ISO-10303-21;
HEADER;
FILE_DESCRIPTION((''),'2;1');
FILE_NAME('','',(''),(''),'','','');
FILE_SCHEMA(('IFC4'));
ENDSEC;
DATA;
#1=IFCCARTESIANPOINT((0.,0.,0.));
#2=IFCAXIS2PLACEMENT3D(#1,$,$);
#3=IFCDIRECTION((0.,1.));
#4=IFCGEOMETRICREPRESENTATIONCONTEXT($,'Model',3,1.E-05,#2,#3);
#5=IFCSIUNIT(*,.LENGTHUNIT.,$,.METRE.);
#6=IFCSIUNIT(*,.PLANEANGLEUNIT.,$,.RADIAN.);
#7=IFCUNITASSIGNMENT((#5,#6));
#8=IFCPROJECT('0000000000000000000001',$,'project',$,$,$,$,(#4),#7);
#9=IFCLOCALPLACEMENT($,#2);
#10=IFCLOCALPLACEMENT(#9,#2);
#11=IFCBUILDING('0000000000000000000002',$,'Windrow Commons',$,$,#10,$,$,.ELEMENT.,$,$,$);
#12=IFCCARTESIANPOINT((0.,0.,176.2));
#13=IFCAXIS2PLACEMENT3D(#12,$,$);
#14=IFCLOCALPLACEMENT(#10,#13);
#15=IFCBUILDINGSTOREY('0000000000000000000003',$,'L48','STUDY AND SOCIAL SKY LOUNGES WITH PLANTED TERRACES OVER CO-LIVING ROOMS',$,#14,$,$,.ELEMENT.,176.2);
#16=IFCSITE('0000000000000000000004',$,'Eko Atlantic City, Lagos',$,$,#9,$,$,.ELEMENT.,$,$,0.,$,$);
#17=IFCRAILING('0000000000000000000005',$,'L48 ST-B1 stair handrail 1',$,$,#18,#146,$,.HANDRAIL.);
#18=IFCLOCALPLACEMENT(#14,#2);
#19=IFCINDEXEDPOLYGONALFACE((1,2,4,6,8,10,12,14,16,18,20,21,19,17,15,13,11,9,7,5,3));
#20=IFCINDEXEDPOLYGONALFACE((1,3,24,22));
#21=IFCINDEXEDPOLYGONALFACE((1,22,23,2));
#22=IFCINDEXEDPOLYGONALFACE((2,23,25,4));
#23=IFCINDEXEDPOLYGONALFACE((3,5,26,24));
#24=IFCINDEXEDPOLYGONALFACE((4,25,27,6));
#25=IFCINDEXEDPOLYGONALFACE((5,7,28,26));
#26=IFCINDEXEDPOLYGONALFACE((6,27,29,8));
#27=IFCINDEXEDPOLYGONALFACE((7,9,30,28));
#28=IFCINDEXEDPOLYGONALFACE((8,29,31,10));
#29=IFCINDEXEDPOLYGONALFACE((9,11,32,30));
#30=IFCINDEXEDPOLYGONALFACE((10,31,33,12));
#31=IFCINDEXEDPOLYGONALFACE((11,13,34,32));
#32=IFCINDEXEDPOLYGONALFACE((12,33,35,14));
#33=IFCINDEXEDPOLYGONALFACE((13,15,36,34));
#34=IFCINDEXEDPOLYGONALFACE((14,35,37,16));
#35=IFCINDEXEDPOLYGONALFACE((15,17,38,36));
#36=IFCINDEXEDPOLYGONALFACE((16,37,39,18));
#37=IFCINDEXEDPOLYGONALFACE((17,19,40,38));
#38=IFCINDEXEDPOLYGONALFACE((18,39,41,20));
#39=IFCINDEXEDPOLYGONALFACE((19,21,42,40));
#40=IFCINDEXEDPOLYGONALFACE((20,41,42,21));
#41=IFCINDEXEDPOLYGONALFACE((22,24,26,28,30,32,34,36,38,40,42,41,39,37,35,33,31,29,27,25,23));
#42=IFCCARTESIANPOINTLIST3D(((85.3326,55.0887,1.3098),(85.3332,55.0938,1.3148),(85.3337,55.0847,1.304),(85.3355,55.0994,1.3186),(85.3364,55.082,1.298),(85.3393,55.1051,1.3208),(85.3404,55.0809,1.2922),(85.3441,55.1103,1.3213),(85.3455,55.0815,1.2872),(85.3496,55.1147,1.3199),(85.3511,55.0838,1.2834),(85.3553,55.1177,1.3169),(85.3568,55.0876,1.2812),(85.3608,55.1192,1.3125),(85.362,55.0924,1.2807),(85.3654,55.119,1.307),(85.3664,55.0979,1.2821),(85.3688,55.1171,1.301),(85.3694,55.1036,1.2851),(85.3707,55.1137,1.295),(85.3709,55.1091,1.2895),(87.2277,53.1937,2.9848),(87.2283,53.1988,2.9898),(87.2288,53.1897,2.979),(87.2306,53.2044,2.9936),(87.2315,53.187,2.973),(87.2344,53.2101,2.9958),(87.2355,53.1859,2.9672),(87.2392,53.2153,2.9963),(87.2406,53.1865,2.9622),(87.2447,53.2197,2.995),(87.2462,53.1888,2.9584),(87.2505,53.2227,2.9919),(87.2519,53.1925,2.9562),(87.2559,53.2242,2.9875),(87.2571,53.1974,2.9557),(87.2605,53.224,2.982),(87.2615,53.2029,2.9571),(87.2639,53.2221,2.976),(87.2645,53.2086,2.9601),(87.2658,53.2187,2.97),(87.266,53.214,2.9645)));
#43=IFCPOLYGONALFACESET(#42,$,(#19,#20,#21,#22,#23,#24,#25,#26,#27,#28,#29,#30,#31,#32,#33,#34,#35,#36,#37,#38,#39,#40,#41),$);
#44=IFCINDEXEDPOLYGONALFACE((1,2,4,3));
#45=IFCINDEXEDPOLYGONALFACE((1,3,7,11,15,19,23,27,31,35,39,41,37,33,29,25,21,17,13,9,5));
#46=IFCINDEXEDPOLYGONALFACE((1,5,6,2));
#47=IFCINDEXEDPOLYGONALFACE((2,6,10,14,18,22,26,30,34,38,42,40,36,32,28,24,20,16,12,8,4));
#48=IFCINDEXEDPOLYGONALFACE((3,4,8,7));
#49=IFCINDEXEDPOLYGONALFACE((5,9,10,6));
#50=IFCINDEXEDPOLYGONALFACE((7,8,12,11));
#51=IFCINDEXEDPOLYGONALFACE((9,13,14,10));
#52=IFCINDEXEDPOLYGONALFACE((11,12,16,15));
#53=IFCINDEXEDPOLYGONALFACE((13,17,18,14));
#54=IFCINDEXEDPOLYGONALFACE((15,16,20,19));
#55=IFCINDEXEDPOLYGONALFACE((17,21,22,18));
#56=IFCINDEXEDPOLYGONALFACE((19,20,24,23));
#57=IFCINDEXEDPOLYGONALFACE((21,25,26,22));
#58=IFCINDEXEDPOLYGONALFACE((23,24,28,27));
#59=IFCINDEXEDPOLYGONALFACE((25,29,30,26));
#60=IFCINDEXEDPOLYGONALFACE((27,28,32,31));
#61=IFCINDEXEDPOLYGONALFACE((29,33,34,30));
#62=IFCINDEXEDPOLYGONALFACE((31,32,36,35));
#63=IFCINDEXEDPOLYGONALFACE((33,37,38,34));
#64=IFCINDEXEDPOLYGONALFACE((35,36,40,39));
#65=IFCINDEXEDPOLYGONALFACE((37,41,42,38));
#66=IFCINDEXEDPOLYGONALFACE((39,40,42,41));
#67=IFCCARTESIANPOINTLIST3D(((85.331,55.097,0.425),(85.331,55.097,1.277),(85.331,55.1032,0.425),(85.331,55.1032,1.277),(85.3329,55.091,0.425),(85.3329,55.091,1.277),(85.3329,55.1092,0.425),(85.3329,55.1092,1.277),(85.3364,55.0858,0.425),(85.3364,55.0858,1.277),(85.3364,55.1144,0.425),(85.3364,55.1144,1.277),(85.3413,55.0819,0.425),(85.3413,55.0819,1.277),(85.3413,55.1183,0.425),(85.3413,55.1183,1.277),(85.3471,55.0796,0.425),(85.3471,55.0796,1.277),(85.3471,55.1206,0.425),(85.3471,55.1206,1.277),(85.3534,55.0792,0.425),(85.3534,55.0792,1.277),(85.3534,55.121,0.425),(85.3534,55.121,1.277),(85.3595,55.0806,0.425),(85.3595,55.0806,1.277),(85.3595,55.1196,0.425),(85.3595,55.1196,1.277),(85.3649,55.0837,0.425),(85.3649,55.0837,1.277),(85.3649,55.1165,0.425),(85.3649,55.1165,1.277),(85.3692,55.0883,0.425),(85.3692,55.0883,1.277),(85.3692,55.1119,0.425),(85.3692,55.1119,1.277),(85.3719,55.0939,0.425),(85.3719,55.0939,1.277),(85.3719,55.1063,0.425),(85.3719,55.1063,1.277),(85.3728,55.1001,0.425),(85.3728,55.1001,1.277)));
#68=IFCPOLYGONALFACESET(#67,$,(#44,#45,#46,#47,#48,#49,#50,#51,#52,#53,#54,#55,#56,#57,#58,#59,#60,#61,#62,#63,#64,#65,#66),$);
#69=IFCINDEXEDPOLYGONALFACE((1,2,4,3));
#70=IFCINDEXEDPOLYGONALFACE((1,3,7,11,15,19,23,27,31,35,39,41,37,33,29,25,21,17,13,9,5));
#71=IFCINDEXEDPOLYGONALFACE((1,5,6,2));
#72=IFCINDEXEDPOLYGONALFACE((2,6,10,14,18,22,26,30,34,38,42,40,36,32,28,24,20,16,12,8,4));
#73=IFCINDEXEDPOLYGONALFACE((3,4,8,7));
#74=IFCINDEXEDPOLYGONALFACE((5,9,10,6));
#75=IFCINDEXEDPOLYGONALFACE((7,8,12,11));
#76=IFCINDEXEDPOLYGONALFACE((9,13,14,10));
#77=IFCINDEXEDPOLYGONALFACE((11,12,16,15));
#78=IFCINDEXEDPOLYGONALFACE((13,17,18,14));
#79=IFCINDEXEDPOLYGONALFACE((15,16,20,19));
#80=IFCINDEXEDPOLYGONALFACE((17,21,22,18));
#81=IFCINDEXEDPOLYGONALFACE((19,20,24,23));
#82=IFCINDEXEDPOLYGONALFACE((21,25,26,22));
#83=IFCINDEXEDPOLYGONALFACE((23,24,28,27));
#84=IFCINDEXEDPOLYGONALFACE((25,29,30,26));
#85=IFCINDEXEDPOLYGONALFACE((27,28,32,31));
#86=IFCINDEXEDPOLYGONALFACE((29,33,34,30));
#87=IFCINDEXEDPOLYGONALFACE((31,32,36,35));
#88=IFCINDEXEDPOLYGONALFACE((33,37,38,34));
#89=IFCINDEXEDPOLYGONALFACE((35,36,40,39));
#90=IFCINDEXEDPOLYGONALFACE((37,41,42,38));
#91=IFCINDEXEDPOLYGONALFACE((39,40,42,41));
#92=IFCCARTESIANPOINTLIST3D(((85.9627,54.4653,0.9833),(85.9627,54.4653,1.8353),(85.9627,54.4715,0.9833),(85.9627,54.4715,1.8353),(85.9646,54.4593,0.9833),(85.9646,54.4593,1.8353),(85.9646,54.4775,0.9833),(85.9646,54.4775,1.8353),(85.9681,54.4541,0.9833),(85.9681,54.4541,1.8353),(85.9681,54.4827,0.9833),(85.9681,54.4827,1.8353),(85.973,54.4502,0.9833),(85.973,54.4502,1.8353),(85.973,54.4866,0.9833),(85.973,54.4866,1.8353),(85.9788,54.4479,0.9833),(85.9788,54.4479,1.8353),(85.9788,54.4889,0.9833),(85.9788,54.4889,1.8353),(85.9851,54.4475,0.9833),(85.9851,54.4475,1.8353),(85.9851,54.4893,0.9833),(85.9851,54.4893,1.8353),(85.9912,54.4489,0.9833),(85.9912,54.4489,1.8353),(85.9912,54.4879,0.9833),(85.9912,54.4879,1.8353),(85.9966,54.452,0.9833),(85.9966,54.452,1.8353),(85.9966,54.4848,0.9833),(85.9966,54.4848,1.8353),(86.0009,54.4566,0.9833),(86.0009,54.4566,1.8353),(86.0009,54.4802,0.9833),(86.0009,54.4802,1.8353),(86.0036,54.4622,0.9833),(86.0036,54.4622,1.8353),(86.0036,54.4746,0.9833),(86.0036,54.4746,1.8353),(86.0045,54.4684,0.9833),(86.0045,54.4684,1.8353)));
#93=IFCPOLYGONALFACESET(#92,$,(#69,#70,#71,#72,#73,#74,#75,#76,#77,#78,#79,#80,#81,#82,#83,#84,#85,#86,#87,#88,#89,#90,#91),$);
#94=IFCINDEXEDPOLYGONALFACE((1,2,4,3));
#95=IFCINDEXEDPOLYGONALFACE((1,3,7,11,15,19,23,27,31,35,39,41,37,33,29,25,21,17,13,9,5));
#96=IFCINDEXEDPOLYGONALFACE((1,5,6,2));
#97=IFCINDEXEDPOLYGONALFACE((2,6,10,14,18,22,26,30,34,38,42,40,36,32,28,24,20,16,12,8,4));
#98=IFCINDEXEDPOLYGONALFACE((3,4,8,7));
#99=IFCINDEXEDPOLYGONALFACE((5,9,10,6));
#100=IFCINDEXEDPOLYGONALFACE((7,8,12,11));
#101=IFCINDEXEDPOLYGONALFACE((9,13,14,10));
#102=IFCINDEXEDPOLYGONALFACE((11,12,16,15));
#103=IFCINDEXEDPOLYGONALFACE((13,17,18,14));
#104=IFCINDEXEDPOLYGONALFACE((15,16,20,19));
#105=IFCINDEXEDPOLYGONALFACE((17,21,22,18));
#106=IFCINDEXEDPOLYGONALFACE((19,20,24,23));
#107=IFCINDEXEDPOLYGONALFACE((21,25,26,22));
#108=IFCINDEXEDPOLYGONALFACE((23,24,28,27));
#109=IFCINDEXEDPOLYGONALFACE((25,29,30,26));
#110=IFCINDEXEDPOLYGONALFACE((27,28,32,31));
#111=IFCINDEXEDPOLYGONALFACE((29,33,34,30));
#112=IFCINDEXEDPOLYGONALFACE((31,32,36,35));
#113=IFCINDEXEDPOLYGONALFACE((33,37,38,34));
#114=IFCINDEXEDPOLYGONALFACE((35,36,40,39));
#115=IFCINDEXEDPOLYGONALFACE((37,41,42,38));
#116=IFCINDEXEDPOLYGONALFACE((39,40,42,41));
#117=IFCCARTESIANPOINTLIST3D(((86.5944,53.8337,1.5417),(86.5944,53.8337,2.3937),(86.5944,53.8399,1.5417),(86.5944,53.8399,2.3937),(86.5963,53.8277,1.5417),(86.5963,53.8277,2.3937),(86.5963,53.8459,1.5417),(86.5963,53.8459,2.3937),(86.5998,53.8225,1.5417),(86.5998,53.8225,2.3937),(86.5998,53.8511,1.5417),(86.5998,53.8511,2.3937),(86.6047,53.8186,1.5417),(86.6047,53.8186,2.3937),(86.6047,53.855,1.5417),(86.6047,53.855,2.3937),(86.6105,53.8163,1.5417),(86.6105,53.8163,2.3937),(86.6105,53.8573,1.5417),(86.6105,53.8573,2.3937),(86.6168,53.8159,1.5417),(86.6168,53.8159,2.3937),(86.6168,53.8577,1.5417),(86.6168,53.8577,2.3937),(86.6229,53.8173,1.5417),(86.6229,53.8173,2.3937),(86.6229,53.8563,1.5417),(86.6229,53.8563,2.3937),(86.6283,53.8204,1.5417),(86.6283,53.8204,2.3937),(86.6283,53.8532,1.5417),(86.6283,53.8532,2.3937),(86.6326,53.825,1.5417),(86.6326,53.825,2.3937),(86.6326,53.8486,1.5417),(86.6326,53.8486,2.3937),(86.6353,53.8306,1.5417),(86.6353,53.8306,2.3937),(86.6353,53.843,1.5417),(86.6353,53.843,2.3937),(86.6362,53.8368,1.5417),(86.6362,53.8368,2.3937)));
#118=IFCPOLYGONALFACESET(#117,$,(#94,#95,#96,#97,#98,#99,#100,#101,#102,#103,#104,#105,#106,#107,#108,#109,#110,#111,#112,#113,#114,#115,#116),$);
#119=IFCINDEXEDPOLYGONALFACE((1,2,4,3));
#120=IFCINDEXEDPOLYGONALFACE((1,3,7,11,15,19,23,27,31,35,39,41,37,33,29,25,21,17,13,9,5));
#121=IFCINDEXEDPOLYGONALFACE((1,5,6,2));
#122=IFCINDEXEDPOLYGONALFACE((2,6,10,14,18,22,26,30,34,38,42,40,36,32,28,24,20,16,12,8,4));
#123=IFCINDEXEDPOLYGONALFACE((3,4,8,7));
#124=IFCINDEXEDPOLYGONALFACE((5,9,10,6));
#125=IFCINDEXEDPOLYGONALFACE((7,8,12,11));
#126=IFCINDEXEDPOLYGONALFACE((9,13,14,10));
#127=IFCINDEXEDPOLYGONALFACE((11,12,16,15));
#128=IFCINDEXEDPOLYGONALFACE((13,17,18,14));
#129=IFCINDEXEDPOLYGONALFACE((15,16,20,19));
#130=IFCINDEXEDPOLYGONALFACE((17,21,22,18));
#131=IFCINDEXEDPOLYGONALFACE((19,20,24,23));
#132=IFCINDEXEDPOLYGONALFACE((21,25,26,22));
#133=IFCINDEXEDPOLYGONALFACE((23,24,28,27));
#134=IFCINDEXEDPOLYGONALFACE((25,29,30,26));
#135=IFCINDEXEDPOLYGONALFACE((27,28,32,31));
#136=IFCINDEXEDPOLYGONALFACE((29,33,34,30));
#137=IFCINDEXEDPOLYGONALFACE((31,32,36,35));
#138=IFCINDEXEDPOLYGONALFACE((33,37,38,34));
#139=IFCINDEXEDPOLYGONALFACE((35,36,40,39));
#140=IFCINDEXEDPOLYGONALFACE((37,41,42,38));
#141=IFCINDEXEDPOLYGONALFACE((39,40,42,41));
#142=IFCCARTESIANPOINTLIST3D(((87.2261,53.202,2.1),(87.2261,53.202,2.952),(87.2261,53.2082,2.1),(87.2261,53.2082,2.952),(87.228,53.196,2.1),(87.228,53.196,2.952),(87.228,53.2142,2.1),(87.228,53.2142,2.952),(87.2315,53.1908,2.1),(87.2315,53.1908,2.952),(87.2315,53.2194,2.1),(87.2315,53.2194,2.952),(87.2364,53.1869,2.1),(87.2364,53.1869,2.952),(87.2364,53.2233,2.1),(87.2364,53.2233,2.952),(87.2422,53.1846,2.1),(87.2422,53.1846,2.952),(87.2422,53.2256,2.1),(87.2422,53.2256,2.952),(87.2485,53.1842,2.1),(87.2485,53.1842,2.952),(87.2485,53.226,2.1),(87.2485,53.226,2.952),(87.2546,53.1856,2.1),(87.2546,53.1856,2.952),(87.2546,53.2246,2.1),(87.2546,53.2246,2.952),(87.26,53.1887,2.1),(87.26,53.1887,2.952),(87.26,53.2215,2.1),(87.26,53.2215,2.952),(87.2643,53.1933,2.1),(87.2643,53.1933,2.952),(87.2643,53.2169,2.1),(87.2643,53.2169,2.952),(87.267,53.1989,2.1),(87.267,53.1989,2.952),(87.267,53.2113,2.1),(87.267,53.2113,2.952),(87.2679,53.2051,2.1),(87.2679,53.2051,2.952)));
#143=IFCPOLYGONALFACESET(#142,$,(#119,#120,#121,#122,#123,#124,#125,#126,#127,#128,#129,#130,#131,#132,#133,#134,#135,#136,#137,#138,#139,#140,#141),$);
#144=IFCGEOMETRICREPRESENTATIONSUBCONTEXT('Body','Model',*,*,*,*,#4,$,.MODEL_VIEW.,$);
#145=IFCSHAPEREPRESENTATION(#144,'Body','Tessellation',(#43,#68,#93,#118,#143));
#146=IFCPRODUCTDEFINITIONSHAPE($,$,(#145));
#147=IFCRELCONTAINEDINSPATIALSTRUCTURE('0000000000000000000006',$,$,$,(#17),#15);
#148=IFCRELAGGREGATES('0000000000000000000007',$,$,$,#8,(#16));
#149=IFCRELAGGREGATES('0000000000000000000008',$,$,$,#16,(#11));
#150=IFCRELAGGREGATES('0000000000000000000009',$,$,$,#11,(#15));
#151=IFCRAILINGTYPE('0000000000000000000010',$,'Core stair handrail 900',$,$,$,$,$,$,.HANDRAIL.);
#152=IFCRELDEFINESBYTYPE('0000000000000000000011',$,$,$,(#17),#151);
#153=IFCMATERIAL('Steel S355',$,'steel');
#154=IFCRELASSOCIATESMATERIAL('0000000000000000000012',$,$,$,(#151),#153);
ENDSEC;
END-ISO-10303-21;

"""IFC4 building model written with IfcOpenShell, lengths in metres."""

from ifc_helpers import new_model, si_unit, direction, frame, origin, origin_2d, place, context, subcontext, project, spatial, circle, extrude, material, type_object, element, save


model = new_model("IFC4")

# Units and contexts
model_context = context("Model", 3, precision=1e-05, world=origin(), true_north=direction((0.0, 1.0)))
body_context = subcontext(model_context, "Body", "Model", "MODEL_VIEW")
ifc_project = project(units=[si_unit("LENGTHUNIT", "METRE"), si_unit("PLANEANGLEUNIT", "RADIAN")], contexts=[model_context])

# Site, building, storey
site_placement = place(None, origin())
site = spatial("IfcSite", under=ifc_project, at=site_placement, Name="Eko Atlantic City, Lagos", CompositionType="ELEMENT", RefElevation=0.0)
building_placement = place(site_placement, origin())
building = spatial("IfcBuilding", under=site, at=building_placement, Name="Windrow Commons", CompositionType="ELEMENT")
storey_placement = place(building_placement, frame((0.0, 0.0, 176.2)))
storey = spatial("IfcBuildingStorey", under=building, at=storey_placement, Name="L48", Description="STUDY AND SOCIAL SKY LOUNGES WITH PLANTED TERRACES OVER CO-LIVING ROOMS", CompositionType="ELEMENT", Elevation=176.2)

# Railing
ifc_material_1 = material(Name="Steel S355", Category="steel")
railing_type_1 = type_object("IfcRailingType", Name="Core stair handrail 900", PredefinedType="HANDRAIL", material=ifc_material_1)
railing_1_placement = place(storey_placement, frame((85.3518, 55.1001, 0.425)))
element("IfcRailing", 1, at=railing_1_placement, inside=storey, type_object=railing_type_1, Name="L48 ST-B1 stair handrail 1", PredefinedType="HANDRAIL", context=body_context, shape_type="SweptSolid", body=[
    extrude(circle(Radius=0.024, at=origin_2d()), frame((0.0, 0.0, 0.876), z_axis=(0.599642, -0.59961, 0.529998), x_axis=(0.707088, 0.707125, 0.0)), (0.0, 0.0, 1.0), 3.1604),
    extrude(circle(Radius=0.021, at=origin_2d()), origin(), (0.0, 0.0, 1.0), 0.852),
    extrude(circle(Radius=0.021, at=origin_2d()), frame((0.6317, -0.6317, 0.5583)), (0.0, 0.0, 1.0), 0.852),
    extrude(circle(Radius=0.021, at=origin_2d()), frame((1.2634, -1.2633, 1.1167)), (0.0, 0.0, 1.0), 0.852),
    extrude(circle(Radius=0.021, at=origin_2d()), frame((1.8951, -1.895, 1.675)), (0.0, 0.0, 1.0), 0.852),
])

save(model, "model.ifc")
